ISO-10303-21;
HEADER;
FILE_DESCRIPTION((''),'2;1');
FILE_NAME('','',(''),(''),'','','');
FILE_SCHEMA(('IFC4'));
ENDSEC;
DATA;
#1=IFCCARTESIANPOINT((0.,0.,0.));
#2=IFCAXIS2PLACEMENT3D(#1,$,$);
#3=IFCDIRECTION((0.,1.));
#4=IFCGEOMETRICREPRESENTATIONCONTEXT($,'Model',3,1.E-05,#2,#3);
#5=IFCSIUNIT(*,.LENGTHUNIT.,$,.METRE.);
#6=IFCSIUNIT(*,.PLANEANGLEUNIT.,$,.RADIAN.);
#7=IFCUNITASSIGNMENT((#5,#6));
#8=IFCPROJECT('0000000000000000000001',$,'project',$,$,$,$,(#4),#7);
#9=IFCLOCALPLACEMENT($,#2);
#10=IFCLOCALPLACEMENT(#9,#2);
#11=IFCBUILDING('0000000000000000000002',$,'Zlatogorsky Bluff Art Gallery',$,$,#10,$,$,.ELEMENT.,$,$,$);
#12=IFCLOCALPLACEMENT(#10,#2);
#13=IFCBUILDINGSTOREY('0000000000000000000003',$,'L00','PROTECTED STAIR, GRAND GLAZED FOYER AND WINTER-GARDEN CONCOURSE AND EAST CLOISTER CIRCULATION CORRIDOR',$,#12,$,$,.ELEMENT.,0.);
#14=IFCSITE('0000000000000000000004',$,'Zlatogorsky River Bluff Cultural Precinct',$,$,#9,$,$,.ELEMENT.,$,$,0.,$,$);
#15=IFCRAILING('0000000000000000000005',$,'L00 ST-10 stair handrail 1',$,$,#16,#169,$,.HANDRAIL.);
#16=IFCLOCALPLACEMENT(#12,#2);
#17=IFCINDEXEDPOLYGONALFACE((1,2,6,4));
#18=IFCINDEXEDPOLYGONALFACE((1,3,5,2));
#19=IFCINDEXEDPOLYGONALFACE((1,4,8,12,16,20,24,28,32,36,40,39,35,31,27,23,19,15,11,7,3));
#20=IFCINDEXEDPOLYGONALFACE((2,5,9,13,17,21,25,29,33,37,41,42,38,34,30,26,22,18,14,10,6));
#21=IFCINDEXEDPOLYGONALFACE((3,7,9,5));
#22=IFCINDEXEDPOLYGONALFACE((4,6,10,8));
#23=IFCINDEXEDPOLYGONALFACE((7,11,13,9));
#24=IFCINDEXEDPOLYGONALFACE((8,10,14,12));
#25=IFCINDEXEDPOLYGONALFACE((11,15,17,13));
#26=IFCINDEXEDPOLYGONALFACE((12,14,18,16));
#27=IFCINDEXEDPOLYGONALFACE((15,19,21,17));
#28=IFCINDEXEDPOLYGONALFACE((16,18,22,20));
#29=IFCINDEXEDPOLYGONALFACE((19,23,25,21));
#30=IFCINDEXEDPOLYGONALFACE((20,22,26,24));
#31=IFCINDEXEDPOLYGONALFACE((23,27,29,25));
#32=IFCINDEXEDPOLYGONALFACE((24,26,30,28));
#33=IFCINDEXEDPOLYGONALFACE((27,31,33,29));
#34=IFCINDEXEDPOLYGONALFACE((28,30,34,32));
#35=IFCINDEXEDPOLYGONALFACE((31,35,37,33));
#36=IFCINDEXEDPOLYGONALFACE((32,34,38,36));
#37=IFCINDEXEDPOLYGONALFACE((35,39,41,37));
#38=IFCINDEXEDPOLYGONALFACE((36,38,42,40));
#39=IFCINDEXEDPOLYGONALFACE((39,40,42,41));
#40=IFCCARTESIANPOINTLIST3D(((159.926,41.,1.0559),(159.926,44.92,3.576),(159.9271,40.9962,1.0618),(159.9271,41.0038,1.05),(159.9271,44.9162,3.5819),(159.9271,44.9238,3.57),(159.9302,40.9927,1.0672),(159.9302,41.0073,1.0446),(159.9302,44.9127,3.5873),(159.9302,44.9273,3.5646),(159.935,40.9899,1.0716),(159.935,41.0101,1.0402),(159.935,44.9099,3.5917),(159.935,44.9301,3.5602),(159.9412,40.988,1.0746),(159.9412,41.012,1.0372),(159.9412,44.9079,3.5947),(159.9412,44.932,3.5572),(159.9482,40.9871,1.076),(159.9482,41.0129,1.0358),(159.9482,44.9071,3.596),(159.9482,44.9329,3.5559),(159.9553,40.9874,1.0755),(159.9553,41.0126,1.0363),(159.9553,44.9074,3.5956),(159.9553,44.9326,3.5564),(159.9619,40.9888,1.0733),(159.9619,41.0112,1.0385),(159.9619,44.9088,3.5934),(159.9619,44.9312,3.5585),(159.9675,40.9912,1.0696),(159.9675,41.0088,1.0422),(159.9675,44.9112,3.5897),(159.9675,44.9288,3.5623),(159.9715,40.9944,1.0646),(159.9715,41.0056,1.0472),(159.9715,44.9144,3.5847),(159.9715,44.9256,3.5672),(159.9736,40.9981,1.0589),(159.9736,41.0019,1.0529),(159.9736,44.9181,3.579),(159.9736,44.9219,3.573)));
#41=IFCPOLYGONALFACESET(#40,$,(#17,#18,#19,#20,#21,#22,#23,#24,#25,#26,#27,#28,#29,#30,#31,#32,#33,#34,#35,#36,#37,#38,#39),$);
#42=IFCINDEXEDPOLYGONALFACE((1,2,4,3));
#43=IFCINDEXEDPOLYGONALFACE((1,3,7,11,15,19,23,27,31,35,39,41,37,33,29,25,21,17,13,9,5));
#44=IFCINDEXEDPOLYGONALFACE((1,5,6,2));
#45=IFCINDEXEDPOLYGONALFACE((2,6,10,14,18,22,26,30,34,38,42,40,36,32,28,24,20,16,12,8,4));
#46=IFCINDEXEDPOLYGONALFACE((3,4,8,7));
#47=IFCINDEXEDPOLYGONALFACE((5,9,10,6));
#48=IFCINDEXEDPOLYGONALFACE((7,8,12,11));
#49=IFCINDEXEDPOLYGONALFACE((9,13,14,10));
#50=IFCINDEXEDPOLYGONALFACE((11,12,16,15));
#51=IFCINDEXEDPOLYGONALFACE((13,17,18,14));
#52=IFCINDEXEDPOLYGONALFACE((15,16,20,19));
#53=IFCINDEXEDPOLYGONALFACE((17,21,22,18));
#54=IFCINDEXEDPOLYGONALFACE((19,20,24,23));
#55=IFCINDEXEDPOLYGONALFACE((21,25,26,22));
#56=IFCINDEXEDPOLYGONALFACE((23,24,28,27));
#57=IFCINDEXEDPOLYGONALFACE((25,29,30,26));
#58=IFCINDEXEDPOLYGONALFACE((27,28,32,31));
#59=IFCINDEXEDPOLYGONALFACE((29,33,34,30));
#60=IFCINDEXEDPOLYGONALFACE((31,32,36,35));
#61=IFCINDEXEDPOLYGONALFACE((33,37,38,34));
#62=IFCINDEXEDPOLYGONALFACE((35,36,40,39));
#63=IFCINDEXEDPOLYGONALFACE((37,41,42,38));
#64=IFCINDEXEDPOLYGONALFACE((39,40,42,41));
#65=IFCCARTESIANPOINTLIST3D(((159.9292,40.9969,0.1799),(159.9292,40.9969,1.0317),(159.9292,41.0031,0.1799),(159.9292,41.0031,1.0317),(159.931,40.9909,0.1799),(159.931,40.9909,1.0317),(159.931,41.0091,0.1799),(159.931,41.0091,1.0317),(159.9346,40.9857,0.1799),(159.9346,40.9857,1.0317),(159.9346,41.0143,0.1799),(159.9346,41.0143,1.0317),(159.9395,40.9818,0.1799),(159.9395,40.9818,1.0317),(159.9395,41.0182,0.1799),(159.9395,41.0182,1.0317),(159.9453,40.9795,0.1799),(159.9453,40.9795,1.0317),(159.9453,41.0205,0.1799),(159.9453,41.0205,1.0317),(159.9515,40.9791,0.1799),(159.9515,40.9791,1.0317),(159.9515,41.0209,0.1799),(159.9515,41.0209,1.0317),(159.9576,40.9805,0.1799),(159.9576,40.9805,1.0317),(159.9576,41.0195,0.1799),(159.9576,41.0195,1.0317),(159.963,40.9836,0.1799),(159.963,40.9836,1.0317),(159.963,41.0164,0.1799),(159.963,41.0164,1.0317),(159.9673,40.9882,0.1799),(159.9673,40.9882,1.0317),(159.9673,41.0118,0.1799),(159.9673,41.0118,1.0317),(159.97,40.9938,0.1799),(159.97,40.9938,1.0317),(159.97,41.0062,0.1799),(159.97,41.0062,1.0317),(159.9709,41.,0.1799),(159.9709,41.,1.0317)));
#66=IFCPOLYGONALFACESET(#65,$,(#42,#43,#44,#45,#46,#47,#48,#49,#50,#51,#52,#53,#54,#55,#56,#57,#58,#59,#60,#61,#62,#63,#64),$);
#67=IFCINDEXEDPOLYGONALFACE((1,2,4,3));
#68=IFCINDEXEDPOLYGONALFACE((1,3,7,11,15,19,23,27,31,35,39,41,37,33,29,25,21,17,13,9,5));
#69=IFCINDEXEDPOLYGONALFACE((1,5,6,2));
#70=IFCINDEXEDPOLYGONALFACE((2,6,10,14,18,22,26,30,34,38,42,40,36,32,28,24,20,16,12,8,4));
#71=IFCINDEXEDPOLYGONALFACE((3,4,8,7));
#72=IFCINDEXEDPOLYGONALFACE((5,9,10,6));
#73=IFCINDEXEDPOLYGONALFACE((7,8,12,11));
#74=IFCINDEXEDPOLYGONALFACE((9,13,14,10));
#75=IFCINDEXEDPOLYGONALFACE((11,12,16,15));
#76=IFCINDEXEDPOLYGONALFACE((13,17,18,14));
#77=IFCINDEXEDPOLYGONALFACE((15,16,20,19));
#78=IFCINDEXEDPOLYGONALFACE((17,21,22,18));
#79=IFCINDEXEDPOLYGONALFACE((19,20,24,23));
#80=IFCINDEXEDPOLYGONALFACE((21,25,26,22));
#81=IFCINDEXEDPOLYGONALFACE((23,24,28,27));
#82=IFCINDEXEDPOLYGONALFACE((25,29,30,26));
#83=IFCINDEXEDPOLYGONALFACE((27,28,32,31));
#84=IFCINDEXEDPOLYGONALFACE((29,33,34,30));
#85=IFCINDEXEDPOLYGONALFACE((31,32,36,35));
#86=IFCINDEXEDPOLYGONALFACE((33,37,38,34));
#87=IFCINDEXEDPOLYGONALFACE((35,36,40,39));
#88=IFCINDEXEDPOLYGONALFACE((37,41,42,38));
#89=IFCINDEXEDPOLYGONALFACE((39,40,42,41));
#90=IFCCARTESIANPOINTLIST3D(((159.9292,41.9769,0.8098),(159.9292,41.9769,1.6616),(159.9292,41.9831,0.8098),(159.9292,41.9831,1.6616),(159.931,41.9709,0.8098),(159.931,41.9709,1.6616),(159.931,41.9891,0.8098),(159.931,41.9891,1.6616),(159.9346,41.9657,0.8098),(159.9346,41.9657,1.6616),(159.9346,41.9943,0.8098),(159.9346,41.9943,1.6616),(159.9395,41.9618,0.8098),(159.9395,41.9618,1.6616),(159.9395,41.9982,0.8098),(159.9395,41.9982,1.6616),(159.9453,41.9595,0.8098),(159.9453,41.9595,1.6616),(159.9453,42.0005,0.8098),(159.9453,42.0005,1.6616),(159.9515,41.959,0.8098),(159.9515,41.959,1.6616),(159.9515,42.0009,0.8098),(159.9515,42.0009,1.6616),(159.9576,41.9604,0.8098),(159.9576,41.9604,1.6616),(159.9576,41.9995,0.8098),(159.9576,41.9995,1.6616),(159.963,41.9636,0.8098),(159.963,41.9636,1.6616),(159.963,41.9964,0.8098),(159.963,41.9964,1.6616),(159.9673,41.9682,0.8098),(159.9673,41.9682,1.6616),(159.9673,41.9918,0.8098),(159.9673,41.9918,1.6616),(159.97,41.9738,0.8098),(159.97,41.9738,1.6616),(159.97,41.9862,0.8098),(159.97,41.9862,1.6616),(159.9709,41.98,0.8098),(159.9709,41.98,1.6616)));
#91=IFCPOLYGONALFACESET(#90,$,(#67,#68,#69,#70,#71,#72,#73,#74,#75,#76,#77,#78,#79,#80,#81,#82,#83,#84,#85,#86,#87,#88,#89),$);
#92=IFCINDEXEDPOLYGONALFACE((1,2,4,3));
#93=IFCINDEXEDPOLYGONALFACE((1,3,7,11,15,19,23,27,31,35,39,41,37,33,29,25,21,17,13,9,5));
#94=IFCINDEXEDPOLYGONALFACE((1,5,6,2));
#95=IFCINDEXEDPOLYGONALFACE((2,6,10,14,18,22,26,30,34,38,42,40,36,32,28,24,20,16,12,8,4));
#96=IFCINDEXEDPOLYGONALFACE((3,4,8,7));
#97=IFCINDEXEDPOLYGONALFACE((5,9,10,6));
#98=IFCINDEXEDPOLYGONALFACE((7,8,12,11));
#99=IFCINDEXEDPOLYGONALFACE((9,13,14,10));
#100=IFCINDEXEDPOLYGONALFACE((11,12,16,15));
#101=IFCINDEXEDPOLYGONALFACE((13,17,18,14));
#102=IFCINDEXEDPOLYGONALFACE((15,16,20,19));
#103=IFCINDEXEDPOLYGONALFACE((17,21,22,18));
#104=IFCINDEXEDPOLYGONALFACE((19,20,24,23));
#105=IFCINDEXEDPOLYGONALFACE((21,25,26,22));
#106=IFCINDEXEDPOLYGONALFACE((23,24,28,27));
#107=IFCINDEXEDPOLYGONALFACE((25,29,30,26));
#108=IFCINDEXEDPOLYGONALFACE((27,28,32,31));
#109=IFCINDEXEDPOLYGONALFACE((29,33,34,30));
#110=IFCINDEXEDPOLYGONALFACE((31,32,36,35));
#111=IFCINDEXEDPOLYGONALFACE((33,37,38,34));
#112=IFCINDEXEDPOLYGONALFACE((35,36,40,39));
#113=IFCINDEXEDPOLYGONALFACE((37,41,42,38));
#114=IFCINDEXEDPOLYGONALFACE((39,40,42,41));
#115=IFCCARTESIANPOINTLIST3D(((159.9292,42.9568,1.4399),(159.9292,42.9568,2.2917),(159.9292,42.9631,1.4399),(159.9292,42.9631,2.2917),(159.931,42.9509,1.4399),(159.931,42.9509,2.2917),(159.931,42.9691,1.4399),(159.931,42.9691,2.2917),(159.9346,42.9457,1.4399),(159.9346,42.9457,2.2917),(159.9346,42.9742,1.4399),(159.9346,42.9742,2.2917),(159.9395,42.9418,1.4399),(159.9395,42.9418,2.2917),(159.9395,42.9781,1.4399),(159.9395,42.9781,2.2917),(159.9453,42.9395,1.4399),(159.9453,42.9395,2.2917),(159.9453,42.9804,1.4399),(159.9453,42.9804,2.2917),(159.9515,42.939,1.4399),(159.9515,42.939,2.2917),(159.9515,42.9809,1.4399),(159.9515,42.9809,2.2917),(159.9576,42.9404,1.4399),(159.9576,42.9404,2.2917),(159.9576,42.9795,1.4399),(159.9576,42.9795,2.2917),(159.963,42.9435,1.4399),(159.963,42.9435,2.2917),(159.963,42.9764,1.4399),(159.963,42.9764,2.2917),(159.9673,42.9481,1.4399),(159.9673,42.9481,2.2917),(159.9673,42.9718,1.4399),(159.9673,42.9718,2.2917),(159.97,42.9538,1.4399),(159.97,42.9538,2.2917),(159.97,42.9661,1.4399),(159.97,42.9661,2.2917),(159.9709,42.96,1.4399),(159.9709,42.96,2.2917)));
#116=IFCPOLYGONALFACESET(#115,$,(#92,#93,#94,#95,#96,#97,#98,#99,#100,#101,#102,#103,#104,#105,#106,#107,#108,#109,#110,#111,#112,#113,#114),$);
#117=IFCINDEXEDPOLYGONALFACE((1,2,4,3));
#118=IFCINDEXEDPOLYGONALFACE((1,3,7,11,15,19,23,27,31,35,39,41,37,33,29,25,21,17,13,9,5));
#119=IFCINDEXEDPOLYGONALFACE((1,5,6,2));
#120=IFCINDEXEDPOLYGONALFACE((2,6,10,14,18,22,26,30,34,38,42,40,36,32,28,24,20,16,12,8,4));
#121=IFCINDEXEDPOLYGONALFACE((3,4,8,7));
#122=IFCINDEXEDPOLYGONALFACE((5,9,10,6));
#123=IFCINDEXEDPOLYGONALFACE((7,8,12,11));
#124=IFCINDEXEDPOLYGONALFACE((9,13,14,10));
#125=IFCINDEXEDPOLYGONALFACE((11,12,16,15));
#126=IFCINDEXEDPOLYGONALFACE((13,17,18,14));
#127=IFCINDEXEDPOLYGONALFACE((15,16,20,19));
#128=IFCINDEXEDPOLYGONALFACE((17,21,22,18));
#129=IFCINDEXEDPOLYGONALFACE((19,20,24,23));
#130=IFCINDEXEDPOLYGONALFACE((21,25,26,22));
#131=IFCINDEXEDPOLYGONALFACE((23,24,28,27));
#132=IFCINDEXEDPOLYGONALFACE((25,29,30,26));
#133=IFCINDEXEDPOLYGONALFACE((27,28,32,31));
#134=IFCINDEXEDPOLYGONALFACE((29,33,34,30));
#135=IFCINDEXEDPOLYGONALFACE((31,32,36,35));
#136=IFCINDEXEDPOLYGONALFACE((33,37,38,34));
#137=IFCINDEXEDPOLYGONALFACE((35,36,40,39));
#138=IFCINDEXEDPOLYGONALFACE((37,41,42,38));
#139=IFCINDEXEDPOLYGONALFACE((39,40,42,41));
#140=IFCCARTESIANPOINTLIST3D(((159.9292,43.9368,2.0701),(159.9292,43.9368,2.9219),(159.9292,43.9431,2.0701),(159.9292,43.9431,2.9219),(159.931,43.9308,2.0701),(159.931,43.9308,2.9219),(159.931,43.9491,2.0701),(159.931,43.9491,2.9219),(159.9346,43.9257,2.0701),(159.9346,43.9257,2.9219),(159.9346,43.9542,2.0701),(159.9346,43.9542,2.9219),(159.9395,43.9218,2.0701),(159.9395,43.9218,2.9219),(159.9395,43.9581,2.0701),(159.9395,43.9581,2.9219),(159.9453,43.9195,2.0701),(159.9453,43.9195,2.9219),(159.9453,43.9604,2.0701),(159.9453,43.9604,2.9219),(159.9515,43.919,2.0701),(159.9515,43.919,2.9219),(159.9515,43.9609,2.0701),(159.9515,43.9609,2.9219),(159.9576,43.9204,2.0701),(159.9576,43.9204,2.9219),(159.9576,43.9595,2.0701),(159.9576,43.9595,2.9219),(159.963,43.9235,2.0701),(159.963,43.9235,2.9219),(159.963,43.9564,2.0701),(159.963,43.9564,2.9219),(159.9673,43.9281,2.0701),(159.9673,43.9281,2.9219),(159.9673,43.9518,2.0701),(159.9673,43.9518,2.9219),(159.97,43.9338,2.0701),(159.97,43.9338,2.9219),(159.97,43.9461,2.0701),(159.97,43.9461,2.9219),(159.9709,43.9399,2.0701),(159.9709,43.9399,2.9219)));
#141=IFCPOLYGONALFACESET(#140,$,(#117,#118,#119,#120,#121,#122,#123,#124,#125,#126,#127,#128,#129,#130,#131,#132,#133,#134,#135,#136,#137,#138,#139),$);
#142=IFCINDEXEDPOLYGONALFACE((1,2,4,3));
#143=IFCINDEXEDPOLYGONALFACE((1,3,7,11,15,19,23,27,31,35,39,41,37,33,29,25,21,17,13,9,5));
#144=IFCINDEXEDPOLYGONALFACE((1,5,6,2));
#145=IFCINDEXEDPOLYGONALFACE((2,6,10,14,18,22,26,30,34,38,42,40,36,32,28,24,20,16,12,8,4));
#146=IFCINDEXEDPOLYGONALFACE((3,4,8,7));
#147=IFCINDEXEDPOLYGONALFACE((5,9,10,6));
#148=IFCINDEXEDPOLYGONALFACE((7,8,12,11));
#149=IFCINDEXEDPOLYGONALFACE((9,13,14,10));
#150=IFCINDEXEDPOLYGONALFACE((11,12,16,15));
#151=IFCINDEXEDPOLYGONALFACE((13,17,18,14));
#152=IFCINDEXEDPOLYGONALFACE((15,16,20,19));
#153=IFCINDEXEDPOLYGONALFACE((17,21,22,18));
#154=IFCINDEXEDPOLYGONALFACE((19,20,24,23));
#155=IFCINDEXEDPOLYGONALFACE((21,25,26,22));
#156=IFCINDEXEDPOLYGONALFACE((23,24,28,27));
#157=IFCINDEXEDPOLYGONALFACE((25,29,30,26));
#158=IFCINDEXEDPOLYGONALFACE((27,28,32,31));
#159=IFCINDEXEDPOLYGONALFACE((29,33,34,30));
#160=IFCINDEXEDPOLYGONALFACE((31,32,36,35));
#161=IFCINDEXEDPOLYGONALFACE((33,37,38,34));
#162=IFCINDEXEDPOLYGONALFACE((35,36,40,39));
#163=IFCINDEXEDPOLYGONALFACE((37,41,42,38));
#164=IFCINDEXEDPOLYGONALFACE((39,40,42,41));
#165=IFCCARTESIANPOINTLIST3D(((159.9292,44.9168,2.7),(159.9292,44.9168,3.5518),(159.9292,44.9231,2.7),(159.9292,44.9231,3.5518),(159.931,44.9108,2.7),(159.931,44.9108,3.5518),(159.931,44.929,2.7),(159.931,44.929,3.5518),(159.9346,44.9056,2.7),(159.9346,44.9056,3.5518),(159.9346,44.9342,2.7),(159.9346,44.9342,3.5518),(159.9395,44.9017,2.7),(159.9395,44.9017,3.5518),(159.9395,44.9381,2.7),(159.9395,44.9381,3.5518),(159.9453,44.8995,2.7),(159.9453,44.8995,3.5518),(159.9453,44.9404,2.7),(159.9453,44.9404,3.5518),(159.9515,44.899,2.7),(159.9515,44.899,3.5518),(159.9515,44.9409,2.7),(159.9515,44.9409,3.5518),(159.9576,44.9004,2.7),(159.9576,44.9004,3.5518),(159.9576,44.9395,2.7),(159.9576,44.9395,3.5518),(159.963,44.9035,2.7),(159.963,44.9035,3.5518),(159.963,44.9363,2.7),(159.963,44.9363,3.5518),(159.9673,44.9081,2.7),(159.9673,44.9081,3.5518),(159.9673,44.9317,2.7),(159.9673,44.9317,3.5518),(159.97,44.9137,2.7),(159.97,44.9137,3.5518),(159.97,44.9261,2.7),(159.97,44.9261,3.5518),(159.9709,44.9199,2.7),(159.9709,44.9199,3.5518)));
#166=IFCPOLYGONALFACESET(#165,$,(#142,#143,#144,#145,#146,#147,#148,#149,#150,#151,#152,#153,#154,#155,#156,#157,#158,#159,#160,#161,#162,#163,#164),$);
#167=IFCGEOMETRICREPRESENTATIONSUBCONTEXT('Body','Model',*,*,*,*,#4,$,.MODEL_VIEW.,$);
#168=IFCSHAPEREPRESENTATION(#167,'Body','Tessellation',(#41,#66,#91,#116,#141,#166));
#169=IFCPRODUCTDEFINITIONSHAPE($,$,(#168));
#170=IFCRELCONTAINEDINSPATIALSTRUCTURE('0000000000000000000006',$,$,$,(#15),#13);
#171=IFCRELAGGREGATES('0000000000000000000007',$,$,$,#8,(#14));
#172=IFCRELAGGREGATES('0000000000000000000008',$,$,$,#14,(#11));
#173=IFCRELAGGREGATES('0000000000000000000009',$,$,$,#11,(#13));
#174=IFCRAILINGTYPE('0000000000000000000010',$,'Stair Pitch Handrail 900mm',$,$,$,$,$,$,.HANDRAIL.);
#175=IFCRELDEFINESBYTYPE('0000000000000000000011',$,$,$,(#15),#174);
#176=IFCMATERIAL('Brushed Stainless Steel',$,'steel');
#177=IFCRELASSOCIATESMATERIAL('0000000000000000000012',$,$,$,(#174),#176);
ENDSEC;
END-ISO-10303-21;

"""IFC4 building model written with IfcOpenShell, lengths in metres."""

from ifc_helpers import new_model, si_unit, direction, frame, origin, origin_2d, place, context, subcontext, project, spatial, circle, extrude, material, type_object, element, save


model = new_model("IFC4")

# Units and contexts
model_context = context("Model", 3, precision=1e-05, world=origin(), true_north=direction((0.0, 1.0)))
body_context = subcontext(model_context, "Body", "Model", "MODEL_VIEW")
ifc_project = project(units=[si_unit("LENGTHUNIT", "METRE"), si_unit("PLANEANGLEUNIT", "RADIAN")], contexts=[model_context])

# Site, building, storey
site_placement = place(None, origin())
site = spatial("IfcSite", under=ifc_project, at=site_placement, Name="Zlatogorsky River Bluff Cultural Precinct", CompositionType="ELEMENT", RefElevation=0.0)
building_placement = place(site_placement, origin())
building = spatial("IfcBuilding", under=site, at=building_placement, Name="Zlatogorsky Bluff Art Gallery", CompositionType="ELEMENT")
storey_placement = place(building_placement, origin())
storey = spatial("IfcBuildingStorey", under=building, at=storey_placement, Name="L00", Description="PROTECTED STAIR, GRAND GLAZED FOYER AND WINTER-GARDEN CONCOURSE AND EAST CLOISTER CIRCULATION CORRIDOR", CompositionType="ELEMENT", Elevation=0.0)

# Railing
ifc_material_1 = material(Name="Brushed Stainless Steel", Category="steel")
railing_type_1 = type_object("IfcRailingType", Name="Stair Pitch Handrail 900mm", PredefinedType="HANDRAIL", material=ifc_material_1)
railing_1_placement = place(storey_placement, frame((159.95, 41.0, 0.1799)))
element("IfcRailing", 1, at=railing_1_placement, inside=storey, type_object=railing_type_1, Name="L00 ST-10 stair handrail 1", PredefinedType="HANDRAIL", context=body_context, shape_type="SweptSolid", body=[
    extrude(circle(Radius=0.0239, at=origin_2d()), frame((0.0, 0.0, 0.876), z_axis=(0.0, 0.841172, 0.540768), x_axis=(-1.0, 0.0, 0.0)), (0.0, 0.0, 1.0), 4.6602),
    extrude(circle(Radius=0.021, at=origin_2d()), origin(), (0.0, 0.0, 1.0), 0.8518),
    extrude(circle(Radius=0.021, at=origin_2d()), frame((0.0, 0.98, 0.6299)), (0.0, 0.0, 1.0), 0.8518),
    extrude(circle(Radius=0.021, at=origin_2d()), frame((0.0, 1.96, 1.26)), (0.0, 0.0, 1.0), 0.8518),
    extrude(circle(Radius=0.021, at=origin_2d()), frame((0.0, 2.9399, 1.8901)), (0.0, 0.0, 1.0), 0.8518),
    extrude(circle(Radius=0.021, at=origin_2d()), frame((0.0, 3.9199, 2.52)), (0.0, 0.0, 1.0), 0.8518),
])

save(model, "model.ifc")
